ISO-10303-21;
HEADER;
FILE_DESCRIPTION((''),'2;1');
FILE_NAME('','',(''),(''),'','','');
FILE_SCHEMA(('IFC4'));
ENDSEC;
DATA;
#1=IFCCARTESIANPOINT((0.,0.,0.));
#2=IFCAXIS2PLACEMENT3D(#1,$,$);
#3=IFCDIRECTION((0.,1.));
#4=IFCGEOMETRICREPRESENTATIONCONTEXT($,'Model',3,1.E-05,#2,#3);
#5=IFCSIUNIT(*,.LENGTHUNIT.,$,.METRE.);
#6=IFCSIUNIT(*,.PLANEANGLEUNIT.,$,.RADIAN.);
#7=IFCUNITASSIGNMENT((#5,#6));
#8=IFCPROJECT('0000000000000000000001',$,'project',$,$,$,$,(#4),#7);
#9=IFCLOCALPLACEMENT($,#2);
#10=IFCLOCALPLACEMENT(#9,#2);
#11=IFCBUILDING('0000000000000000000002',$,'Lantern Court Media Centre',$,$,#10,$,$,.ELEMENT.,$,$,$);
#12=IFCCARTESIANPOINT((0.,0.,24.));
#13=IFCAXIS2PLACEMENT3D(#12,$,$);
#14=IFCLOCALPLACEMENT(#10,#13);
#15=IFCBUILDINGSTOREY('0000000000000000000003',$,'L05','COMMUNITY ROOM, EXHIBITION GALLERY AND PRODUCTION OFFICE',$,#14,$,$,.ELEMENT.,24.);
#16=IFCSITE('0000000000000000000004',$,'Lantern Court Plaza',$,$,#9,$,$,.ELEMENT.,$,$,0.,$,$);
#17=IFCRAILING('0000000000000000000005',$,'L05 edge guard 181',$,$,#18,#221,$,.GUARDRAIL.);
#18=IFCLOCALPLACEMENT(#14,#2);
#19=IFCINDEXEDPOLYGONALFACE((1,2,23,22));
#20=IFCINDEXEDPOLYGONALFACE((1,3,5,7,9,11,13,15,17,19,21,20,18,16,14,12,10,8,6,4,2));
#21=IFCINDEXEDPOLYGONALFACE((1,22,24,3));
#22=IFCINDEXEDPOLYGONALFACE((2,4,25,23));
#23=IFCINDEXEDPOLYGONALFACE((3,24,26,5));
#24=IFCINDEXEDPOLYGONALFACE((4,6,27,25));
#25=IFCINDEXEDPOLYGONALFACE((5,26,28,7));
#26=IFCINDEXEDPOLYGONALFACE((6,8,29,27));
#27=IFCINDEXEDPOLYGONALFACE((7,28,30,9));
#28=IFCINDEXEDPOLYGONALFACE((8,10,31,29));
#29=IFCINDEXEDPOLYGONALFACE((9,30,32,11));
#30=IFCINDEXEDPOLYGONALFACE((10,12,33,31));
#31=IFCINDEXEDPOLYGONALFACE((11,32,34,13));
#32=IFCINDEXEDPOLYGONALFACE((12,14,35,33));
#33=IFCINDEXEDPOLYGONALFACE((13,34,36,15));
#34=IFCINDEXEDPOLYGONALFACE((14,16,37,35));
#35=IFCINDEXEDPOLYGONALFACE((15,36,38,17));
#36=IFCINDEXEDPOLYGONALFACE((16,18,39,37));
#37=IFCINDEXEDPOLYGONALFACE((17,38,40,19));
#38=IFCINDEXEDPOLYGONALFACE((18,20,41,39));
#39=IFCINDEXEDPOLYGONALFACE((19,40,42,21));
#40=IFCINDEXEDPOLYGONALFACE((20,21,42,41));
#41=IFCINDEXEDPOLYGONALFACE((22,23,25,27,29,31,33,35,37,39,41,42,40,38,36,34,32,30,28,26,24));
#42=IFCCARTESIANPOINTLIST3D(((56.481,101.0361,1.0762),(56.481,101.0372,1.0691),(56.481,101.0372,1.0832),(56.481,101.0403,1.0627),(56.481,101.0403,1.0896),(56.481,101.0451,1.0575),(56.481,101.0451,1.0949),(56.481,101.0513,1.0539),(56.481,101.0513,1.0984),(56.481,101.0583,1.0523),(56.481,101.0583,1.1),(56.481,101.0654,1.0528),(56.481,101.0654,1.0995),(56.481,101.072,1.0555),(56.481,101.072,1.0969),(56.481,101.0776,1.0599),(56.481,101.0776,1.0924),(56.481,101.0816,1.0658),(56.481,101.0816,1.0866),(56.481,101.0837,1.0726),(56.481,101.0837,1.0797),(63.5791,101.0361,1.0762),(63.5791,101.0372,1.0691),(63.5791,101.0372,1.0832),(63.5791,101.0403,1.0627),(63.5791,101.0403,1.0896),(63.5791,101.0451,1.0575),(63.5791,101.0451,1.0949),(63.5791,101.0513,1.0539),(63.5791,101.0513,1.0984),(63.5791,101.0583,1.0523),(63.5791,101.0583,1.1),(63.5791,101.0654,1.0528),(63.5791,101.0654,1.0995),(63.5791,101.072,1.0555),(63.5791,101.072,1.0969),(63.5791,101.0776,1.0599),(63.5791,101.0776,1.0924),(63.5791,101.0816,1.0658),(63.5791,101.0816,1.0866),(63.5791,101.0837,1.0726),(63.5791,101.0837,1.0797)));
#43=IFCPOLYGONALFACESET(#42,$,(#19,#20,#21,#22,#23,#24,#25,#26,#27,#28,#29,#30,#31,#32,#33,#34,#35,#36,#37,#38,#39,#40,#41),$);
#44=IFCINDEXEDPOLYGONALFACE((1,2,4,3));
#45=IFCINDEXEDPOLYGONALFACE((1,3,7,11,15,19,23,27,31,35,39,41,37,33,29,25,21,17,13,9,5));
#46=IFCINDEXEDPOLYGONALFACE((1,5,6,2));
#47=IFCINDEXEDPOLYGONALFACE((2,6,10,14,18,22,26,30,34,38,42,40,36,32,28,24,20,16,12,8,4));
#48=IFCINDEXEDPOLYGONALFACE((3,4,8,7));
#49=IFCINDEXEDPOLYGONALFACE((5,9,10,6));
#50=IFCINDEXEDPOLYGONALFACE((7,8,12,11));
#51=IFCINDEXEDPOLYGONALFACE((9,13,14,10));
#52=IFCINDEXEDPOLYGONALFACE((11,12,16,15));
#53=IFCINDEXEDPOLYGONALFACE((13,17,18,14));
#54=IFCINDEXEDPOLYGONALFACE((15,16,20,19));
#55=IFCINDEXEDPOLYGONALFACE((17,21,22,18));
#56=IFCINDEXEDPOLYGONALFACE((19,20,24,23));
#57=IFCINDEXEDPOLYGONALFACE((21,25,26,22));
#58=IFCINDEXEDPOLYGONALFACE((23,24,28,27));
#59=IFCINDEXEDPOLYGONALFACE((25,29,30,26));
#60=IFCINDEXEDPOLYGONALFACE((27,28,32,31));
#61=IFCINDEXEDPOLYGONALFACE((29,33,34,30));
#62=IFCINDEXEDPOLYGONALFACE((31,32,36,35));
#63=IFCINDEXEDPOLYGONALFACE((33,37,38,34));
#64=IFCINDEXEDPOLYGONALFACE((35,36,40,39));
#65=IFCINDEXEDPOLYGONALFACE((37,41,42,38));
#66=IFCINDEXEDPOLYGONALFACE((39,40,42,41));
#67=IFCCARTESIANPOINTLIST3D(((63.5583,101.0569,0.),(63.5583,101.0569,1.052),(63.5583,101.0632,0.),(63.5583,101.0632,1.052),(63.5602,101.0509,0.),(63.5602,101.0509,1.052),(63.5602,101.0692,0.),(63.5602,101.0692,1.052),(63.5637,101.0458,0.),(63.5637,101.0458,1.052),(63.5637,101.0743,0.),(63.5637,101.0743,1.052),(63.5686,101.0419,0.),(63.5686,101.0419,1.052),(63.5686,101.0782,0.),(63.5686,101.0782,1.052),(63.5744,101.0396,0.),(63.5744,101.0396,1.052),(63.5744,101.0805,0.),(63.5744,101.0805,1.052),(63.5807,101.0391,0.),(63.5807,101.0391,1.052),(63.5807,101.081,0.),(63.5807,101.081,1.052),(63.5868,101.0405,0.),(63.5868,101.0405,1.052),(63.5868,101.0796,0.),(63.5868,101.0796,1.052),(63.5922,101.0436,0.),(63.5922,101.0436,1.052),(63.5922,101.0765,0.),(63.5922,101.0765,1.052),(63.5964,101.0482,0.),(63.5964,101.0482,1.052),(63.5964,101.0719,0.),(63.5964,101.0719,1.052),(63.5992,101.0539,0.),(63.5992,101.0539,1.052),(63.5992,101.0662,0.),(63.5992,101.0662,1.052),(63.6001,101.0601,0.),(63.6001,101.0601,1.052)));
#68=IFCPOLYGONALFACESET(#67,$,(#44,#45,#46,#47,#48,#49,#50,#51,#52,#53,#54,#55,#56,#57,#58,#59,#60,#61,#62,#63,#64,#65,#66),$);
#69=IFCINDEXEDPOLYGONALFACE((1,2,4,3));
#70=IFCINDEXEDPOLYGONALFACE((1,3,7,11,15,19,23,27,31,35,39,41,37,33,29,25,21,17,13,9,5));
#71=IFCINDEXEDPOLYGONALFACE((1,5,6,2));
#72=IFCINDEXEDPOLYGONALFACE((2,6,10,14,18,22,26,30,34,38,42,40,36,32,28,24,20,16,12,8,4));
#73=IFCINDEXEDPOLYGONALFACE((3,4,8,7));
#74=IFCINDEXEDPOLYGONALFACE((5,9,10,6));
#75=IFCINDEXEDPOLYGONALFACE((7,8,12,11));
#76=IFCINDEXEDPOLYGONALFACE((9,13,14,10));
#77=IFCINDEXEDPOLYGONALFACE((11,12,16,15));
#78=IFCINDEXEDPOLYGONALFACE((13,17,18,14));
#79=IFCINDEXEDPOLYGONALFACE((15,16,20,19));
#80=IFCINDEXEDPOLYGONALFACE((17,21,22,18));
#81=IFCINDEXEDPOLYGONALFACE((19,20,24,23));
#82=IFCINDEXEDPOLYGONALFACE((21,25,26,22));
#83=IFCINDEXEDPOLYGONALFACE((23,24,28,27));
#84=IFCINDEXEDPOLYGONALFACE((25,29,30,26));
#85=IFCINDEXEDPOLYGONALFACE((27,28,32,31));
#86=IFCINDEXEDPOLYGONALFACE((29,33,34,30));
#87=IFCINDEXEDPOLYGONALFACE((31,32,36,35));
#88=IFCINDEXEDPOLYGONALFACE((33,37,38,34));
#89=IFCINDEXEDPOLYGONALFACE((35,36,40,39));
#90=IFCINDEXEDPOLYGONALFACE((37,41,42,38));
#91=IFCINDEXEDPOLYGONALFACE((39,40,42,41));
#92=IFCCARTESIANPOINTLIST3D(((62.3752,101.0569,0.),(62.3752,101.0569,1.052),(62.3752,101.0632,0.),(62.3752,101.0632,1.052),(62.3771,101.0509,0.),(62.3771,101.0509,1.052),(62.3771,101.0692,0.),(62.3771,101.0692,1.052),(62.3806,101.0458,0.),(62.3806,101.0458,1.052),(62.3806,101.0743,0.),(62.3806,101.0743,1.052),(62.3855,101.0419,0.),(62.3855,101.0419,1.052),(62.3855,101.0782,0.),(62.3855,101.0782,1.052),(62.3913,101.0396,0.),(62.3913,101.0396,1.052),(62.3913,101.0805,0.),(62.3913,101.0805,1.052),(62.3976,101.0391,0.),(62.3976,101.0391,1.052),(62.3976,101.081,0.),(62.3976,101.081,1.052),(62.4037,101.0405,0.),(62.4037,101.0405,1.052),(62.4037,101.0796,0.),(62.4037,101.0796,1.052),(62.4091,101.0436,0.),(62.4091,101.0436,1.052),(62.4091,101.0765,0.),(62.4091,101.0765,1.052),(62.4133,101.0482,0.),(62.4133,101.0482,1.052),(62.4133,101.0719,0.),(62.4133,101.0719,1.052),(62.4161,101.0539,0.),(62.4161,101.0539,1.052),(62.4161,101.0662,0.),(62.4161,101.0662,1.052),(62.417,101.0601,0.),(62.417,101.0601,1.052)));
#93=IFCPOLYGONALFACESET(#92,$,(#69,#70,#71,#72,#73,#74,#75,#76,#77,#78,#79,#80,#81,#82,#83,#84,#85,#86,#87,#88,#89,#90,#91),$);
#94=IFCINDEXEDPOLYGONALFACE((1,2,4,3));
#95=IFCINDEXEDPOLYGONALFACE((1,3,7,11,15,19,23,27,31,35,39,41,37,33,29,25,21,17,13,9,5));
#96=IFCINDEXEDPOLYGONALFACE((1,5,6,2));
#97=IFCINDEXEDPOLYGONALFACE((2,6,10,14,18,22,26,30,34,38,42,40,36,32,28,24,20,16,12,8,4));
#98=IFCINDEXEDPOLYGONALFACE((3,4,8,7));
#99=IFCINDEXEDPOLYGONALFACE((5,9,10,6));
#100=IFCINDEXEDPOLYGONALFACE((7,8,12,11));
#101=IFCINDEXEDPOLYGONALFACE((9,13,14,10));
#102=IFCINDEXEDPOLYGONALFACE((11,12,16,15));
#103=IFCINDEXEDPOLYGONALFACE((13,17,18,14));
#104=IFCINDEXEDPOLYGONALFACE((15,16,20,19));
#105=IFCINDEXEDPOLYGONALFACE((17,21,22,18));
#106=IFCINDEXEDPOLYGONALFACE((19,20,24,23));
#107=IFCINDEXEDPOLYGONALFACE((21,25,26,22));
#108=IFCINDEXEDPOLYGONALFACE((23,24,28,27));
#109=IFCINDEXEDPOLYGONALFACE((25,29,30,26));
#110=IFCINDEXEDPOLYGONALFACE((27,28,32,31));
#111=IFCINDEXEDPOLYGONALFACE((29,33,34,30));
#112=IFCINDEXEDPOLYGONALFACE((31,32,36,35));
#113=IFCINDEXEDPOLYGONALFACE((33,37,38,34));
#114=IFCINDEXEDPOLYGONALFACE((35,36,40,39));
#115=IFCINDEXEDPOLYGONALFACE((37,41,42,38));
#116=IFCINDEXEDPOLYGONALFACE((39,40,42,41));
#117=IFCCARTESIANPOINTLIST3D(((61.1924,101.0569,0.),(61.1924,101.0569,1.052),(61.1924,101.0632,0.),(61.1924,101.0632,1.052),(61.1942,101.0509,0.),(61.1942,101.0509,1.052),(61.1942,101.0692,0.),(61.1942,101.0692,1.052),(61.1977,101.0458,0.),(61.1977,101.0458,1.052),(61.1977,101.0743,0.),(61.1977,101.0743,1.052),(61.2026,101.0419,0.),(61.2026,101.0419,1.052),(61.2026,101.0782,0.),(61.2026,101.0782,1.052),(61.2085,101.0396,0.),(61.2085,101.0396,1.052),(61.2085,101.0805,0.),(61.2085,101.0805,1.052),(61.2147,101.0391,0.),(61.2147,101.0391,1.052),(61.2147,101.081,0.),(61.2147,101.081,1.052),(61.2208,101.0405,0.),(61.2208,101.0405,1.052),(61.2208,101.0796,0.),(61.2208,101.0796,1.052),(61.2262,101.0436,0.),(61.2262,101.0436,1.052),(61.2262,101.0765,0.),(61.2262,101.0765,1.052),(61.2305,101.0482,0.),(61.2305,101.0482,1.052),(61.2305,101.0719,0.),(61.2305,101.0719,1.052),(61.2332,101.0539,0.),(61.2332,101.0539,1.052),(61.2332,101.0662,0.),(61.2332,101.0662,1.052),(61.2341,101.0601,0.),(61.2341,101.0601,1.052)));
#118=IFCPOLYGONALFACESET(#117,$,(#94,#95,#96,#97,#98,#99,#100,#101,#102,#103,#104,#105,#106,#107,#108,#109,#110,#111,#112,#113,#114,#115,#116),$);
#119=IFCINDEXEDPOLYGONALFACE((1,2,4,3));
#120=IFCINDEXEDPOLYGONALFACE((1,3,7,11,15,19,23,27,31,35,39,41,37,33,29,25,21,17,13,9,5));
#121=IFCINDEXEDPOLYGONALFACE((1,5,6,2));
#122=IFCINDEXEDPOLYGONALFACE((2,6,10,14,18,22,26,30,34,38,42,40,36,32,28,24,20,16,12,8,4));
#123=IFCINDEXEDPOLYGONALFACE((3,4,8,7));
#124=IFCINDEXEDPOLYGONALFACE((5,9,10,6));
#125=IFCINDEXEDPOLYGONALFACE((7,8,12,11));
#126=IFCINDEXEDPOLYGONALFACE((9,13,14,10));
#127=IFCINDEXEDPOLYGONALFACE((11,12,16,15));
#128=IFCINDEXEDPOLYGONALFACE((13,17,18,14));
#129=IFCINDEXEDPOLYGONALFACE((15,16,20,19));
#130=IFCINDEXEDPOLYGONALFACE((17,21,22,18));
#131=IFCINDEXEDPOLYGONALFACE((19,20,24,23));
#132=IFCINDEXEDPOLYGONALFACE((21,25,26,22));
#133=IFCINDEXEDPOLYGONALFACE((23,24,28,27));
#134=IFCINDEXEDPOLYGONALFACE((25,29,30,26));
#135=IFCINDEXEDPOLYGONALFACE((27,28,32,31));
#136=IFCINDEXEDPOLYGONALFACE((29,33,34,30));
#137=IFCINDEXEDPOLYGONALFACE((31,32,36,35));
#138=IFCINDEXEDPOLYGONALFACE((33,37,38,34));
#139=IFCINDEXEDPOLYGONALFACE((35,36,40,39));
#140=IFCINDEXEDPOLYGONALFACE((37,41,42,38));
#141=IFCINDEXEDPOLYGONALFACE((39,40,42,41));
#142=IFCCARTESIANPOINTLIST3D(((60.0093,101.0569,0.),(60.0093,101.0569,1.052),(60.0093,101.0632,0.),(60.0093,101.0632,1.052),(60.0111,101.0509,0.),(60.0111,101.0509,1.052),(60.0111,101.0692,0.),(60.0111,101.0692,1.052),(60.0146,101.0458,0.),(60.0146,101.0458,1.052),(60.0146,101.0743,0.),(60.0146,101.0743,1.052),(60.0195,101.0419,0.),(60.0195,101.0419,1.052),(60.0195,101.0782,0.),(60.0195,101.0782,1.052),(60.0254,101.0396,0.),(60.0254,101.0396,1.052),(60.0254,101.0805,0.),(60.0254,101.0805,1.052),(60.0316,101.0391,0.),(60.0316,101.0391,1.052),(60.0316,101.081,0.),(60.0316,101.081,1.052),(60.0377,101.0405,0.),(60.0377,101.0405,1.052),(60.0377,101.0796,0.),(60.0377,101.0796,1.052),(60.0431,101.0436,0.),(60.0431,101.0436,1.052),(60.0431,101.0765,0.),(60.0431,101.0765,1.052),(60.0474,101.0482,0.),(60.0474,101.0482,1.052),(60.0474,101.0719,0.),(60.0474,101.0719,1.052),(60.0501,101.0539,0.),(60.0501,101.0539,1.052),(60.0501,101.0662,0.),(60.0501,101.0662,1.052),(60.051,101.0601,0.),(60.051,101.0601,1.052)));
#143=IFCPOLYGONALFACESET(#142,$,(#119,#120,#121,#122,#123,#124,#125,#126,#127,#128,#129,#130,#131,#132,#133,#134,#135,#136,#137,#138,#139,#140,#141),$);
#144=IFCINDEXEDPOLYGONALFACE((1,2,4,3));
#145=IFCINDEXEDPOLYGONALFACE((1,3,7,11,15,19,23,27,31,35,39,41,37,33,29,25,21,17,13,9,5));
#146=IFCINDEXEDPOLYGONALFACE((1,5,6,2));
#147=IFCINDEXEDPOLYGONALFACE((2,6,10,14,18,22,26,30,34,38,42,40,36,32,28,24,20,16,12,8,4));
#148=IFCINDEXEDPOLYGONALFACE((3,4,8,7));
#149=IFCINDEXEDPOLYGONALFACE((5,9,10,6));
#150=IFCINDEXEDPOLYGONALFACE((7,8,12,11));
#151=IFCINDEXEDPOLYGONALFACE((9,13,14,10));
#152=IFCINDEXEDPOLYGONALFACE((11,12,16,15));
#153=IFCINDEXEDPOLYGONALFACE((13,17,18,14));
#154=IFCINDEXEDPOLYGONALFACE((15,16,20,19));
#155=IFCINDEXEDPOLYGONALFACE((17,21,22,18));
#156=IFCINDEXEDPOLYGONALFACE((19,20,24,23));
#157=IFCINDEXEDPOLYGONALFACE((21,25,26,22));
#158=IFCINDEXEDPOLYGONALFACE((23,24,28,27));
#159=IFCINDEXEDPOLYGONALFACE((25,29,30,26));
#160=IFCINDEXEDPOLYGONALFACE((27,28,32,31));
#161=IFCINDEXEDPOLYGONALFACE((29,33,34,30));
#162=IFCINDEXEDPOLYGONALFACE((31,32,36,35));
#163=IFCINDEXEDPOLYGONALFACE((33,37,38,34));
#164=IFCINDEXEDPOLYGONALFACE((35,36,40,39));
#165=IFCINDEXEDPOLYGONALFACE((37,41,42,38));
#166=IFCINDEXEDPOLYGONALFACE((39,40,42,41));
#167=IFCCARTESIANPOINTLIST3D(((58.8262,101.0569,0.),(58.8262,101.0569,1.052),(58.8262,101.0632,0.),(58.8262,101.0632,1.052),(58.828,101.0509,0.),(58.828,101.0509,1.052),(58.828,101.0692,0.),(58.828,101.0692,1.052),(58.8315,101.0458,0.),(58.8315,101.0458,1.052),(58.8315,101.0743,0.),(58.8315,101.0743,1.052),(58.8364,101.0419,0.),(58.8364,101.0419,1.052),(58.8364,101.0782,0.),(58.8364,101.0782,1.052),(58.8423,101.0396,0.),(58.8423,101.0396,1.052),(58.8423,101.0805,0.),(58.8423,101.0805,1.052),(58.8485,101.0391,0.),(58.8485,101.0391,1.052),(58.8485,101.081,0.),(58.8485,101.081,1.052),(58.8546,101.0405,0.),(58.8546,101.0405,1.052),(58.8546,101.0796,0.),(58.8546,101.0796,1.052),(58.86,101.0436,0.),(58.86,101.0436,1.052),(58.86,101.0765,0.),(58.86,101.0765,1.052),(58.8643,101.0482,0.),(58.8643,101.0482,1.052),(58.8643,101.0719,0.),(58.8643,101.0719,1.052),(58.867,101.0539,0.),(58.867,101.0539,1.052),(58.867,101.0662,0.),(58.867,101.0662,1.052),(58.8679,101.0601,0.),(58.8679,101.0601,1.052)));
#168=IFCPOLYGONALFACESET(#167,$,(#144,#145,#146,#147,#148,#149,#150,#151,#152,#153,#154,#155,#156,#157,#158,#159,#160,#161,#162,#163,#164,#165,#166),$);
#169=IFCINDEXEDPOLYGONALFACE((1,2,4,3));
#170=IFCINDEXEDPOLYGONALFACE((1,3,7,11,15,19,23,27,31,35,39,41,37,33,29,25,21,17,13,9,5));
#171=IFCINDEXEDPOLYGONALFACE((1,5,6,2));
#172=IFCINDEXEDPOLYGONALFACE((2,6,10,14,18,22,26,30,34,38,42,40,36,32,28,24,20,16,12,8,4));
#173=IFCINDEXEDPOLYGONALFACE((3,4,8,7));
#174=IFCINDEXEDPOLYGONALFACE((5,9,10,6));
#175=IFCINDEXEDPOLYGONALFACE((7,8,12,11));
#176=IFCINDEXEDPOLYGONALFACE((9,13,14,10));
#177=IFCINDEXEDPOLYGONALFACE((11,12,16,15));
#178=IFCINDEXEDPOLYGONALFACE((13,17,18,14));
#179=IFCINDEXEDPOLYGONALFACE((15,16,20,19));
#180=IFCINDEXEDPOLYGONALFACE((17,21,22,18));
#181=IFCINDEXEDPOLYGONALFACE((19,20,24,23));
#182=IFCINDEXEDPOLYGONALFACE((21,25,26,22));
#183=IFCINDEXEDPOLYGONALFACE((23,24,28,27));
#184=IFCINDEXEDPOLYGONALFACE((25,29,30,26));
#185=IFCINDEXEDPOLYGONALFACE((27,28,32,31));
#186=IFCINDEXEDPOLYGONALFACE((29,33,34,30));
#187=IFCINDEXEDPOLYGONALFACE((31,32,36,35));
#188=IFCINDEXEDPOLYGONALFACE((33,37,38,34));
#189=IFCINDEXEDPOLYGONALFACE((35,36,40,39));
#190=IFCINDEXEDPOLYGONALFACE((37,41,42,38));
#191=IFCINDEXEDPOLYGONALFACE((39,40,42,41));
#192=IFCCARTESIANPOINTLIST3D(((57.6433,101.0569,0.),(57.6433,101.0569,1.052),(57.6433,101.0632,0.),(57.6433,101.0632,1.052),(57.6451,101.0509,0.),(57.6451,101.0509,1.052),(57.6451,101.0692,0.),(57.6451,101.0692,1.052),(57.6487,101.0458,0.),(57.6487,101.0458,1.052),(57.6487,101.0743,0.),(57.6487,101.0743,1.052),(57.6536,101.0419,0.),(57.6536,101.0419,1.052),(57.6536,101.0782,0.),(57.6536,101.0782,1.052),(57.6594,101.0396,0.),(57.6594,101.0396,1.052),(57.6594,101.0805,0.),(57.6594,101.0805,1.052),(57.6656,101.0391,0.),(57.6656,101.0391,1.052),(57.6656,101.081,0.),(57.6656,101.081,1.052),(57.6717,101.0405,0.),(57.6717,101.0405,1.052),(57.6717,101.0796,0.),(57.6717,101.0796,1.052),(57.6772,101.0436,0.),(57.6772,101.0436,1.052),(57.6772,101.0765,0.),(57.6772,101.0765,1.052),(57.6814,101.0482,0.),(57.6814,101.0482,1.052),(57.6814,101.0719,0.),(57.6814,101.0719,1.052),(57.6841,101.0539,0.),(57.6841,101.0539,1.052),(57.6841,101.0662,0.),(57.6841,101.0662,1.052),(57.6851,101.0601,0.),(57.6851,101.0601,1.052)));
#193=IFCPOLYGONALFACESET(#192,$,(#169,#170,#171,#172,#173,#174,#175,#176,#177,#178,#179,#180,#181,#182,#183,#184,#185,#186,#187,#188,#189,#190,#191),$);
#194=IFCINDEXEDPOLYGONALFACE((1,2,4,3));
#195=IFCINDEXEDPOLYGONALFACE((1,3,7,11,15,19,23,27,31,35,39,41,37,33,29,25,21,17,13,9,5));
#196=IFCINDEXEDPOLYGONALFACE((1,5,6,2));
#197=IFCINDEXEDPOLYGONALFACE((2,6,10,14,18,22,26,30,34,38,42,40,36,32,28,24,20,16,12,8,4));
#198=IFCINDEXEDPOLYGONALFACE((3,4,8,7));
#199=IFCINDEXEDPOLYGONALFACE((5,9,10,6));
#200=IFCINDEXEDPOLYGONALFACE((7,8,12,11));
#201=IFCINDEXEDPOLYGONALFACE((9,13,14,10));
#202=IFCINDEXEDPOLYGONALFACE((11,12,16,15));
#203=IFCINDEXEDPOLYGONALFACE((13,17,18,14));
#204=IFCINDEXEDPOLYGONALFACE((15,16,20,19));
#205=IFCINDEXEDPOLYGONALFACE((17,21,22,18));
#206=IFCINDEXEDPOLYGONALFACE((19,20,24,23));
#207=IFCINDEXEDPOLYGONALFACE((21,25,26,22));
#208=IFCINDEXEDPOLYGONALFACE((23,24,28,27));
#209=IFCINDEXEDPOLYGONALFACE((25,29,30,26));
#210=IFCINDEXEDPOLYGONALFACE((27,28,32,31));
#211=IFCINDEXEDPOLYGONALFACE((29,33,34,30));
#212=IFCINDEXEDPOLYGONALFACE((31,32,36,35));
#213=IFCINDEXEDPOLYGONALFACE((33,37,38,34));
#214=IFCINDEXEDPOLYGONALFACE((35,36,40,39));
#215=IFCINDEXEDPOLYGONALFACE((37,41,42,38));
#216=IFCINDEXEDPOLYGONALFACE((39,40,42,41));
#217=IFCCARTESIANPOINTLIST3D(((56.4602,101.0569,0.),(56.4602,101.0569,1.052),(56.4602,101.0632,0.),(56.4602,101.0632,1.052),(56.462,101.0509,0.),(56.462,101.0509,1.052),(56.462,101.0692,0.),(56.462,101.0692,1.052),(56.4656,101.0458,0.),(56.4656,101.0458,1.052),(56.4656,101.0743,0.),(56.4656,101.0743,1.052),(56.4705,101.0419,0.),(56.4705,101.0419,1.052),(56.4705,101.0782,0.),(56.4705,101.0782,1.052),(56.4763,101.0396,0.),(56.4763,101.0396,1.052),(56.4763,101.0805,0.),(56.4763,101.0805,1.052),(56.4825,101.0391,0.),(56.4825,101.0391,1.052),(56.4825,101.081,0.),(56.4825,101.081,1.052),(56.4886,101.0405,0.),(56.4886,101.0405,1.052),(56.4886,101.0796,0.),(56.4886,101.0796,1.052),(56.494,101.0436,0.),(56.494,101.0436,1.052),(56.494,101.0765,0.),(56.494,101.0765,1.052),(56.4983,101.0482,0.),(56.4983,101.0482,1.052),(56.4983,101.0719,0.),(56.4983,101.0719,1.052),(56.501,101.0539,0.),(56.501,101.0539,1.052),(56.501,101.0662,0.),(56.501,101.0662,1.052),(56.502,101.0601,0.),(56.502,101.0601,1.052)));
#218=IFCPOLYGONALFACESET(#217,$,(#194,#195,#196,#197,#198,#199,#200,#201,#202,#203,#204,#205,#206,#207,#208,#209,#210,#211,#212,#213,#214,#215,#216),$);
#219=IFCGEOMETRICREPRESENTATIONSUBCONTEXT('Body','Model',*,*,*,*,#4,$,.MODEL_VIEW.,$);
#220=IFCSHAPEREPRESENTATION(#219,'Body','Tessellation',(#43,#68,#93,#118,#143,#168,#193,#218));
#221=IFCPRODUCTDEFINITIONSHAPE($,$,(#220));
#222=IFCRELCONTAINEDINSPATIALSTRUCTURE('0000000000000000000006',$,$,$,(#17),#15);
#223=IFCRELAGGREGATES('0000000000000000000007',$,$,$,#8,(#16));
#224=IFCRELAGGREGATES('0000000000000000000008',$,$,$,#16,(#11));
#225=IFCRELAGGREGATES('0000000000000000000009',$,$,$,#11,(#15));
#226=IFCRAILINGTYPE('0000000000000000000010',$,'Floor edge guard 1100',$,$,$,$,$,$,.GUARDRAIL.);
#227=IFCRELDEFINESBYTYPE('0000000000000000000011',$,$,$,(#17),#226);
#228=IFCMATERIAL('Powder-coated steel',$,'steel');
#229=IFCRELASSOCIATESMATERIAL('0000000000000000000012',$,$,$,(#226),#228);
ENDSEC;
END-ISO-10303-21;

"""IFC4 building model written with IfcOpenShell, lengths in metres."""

from ifc_helpers import new_model, si_unit, direction, frame, origin, origin_2d, place, context, subcontext, project, spatial, circle, extrude, material, type_object, element, save


model = new_model("IFC4")

# Units and contexts
model_context = context("Model", 3, precision=1e-05, world=origin(), true_north=direction((0.0, 1.0)))
body_context = subcontext(model_context, "Body", "Model", "MODEL_VIEW")
ifc_project = project(units=[si_unit("LENGTHUNIT", "METRE"), si_unit("PLANEANGLEUNIT", "RADIAN")], contexts=[model_context])

# Site, building, storey
site_placement = place(None, origin())
site = spatial("IfcSite", under=ifc_project, at=site_placement, Name="Lantern Court Plaza", CompositionType="ELEMENT", RefElevation=0.0)
building_placement = place(site_placement, origin())
building = spatial("IfcBuilding", under=site, at=building_placement, Name="Lantern Court Media Centre", CompositionType="ELEMENT")
storey_placement = place(building_placement, frame((0.0, 0.0, 24.0)))
storey = spatial("IfcBuildingStorey", under=building, at=storey_placement, Name="L05", Description="COMMUNITY ROOM, EXHIBITION GALLERY AND PRODUCTION OFFICE", CompositionType="ELEMENT", Elevation=24.0)

# Railing
ifc_material_1 = material(Name="Powder-coated steel", Category="steel")
railing_type = type_object("IfcRailingType", Name="Floor edge guard 1100", PredefinedType="GUARDRAIL", material=ifc_material_1)
railing_placement = place(storey_placement, frame((63.5791, 101.0601, 0.0)))
element("IfcRailing", 1, at=railing_placement, inside=storey, type_object=railing_type, Name="L05 edge guard 181", PredefinedType="GUARDRAIL", context=body_context, shape_type="SweptSolid", body=[
    extrude(circle(Radius=0.0239, at=origin_2d()), frame((0.0, 0.0, 1.0762), z_axis=(-1.0, 0.0, 0.0), x_axis=(0.0, -1.0, 0.0)), (0.0, 0.0, 1.0), 7.0981),
    extrude(circle(Radius=0.021, at=origin_2d()), origin(), (0.0, 0.0, 1.0), 1.052),
    extrude(circle(Radius=0.021, at=origin_2d()), frame((-1.1831, 0.0, 0.0)), (0.0, 0.0, 1.0), 1.052),
    extrude(circle(Radius=0.021, at=origin_2d()), frame((-2.366, 0.0, 0.0)), (0.0, 0.0, 1.0), 1.052),
    extrude(circle(Radius=0.021, at=origin_2d()), frame((-3.5491, 0.0, 0.0)), (0.0, 0.0, 1.0), 1.052),
    extrude(circle(Radius=0.021, at=origin_2d()), frame((-4.7322, 0.0, 0.0)), (0.0, 0.0, 1.0), 1.052),
    extrude(circle(Radius=0.021, at=origin_2d()), frame((-5.915, 0.0, 0.0)), (0.0, 0.0, 1.0), 1.052),
    extrude(circle(Radius=0.021, at=origin_2d()), frame((-7.0981, 0.0, 0.0)), (0.0, 0.0, 1.0), 1.052),
])

save(model, "model.ifc")
